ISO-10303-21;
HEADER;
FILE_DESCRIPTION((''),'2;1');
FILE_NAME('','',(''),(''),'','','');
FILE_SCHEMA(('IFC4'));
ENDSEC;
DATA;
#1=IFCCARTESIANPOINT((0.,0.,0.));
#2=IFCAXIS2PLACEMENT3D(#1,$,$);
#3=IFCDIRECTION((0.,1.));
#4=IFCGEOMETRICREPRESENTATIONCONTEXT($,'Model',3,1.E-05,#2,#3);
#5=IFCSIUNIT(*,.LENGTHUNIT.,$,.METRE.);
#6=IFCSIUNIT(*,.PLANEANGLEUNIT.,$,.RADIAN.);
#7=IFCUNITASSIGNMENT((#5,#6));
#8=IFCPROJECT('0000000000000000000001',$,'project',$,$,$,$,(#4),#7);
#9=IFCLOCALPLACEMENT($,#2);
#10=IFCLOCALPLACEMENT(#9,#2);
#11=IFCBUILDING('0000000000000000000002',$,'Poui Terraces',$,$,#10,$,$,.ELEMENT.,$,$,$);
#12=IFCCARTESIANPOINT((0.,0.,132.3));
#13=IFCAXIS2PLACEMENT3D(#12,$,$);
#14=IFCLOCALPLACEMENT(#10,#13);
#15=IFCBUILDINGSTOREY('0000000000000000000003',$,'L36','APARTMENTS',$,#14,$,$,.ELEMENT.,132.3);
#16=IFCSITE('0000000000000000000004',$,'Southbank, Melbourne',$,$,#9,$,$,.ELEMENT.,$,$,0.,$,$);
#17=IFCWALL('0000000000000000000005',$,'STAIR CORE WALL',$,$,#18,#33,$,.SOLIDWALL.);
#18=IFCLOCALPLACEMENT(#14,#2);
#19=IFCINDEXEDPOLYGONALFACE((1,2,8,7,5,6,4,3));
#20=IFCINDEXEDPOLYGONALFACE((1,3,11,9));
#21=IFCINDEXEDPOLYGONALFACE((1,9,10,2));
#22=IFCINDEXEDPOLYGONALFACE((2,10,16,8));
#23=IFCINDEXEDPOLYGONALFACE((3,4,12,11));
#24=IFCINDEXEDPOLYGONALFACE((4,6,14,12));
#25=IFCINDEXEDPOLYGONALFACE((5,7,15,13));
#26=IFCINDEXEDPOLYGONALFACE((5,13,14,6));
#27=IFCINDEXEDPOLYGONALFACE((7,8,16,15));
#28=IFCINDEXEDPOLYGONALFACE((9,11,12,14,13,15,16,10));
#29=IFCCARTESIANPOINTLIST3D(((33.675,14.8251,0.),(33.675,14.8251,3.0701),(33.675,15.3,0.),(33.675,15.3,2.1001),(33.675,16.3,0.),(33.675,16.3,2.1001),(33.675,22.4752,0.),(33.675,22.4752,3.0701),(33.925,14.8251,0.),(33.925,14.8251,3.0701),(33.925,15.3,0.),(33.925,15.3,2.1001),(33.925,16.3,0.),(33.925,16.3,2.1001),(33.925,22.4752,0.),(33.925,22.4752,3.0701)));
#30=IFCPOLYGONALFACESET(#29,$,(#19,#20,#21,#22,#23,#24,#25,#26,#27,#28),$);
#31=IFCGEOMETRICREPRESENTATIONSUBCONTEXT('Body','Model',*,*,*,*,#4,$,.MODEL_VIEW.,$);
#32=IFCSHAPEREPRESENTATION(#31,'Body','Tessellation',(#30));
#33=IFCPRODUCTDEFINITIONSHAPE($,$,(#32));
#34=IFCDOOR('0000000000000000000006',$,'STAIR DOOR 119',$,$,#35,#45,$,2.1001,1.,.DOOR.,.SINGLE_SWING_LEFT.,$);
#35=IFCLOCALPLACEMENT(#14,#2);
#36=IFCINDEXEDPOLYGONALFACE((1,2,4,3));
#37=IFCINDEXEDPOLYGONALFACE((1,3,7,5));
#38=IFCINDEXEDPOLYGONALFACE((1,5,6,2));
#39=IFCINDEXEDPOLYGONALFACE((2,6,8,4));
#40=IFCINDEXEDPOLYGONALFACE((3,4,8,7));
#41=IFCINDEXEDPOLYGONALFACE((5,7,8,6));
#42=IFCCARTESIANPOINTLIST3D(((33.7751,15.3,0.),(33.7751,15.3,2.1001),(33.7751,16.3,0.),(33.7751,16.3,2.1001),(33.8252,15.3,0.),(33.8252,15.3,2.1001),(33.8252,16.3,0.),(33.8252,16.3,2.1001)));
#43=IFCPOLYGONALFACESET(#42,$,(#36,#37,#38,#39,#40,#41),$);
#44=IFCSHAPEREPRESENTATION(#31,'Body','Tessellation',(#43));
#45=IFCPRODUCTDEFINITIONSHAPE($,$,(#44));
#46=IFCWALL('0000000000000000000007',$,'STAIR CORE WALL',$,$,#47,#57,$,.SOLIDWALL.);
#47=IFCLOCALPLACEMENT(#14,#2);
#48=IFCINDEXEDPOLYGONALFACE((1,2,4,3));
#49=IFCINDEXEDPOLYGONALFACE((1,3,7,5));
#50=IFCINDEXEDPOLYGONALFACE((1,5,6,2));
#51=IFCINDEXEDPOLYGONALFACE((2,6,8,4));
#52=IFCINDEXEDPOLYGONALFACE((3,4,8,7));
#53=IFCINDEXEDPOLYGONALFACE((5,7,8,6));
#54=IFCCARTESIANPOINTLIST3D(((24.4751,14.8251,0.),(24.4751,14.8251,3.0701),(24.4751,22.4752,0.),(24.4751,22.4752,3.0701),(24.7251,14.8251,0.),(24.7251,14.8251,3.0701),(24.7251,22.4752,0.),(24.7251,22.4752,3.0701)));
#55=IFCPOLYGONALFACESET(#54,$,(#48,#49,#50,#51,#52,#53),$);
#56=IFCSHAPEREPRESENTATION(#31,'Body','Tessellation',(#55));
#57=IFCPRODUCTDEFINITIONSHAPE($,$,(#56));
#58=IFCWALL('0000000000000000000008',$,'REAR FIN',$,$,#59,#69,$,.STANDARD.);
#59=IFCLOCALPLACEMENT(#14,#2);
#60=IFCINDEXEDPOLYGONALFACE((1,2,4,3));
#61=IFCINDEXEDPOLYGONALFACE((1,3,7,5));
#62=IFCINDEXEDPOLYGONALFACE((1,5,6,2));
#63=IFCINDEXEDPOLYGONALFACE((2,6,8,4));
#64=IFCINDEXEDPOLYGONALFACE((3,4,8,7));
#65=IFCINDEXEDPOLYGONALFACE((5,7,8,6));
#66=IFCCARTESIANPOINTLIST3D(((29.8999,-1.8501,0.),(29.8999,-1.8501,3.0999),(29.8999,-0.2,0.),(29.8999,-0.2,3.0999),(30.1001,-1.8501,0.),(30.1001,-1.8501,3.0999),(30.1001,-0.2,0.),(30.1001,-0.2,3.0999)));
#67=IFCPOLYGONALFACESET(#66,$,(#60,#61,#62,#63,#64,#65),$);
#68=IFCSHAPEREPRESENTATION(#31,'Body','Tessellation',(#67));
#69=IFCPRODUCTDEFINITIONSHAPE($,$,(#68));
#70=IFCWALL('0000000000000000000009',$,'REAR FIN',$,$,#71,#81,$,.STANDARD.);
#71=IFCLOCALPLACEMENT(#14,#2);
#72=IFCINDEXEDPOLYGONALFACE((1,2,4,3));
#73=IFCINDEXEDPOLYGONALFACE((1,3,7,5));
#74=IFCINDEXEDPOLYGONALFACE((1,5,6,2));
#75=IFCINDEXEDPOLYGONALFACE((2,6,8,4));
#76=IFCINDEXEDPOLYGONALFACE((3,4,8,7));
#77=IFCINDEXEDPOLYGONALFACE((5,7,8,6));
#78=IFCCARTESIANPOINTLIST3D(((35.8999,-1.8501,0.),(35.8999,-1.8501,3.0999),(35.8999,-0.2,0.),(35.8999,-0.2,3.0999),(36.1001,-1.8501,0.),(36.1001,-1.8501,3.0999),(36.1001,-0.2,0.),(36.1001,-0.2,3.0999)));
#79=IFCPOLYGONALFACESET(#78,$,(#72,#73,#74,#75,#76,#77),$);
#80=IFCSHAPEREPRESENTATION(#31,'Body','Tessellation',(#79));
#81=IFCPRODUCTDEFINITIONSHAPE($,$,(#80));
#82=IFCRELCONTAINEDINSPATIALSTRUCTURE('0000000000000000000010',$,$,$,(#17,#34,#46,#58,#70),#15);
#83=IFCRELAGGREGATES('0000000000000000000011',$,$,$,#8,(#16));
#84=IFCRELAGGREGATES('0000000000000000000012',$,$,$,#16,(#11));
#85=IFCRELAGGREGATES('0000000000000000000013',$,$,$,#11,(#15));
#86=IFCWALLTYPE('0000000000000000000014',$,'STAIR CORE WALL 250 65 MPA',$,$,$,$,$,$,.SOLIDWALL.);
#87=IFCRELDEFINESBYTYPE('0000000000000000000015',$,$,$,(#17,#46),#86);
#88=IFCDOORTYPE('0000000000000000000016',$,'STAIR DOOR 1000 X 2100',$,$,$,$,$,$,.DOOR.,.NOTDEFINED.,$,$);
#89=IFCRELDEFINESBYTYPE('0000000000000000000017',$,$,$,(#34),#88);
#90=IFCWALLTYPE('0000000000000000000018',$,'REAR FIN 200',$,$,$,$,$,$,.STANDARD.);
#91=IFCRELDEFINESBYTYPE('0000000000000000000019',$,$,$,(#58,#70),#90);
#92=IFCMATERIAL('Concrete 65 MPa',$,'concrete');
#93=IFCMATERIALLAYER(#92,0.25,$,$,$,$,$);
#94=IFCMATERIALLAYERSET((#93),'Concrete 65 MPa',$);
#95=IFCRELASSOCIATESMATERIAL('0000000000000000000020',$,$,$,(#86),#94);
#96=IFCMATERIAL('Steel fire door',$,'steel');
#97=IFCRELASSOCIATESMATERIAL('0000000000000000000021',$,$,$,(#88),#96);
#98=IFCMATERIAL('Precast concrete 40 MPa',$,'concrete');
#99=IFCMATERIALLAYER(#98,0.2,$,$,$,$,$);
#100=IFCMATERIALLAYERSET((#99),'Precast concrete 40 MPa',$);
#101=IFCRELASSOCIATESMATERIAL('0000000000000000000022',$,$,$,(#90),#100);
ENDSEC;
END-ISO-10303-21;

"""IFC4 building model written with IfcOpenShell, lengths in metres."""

from ifc_helpers import new_model, si_unit, direction, frame, frame_2d, origin, place, context, subcontext, project, spatial, polyline, rectangle, outline, extrude, source, transform, mapped, material, layer, layer_set, type_object, element, fill, save


model = new_model("IFC4")

# Units and contexts
model_context = context("Model", 3, precision=1e-05, world=origin(), true_north=direction((0.0, 1.0)))
body_context = subcontext(model_context, "Body", "Model", "MODEL_VIEW")
ifc_project = project(units=[si_unit("LENGTHUNIT", "METRE"), si_unit("PLANEANGLEUNIT", "RADIAN")], contexts=[model_context])

# Site, building, storey
site_placement = place(None, origin())
site = spatial("IfcSite", under=ifc_project, at=site_placement, Name="Southbank, Melbourne", CompositionType="ELEMENT", RefElevation=0.0)
building_placement = place(site_placement, origin())
building = spatial("IfcBuilding", under=site, at=building_placement, Name="Poui Terraces", CompositionType="ELEMENT")
storey_placement = place(building_placement, frame((0.0, 0.0, 132.3)))
storey = spatial("IfcBuildingStorey", under=building, at=storey_placement, Name="L36", Description="APARTMENTS", CompositionType="ELEMENT", Elevation=132.3)

# Shared definitions
ifc_material_1 = material(Name="Concrete 65 MPa", Category="concrete")

# Shared definitions
ifc_material_2 = material(Name="Precast concrete 40 MPa", Category="concrete")

# Shared definitions
ifc_material_3 = material(Name="Steel fire door", Category="steel")

# Shared definitions
ifc_layer_1 = layer(ifc_material_1, 0.25)
ifc_layer_set_1 = layer_set([ifc_layer_1], Name="Concrete 65 MPa")
wall_type_1 = type_object("IfcWallType", Name="STAIR CORE WALL 250 65 MPA", PredefinedType="SOLIDWALL", material=ifc_layer_set_1)

# Wall, opening, door
wall_1_placement = place(storey_placement, frame((33.8, 14.825, 0.0), z_axis=(0.0, 0.0, 1.0), x_axis=(0.0, 1.0, 0.0)))
wall_1 = element("IfcWall", 1, at=wall_1_placement, inside=storey, type_object=wall_type_1, Name="STAIR CORE WALL", PredefinedType="SOLIDWALL", context=body_context, shape_type="SweptSolid", body=[
    extrude(rectangle(XDim=7.6501, YDim=0.25, at=frame_2d((3.8252, 0.0))), origin(), (0.0, 0.0, 1.0), 3.0701),
])
opening_1_placement = place(wall_1_placement, frame((0.4751, 0.0, 0.0)))
opening_1 = element("IfcOpeningElement", 2, at=opening_1_placement, cuts=wall_1, PredefinedType="OPENING", context=body_context, shape_type="SweptSolid", body=[
    extrude(rectangle(XDim=1.0, YDim=2.1001, at=frame_2d((0.5, 1.05))), frame((0.0, 0.135, 0.0), z_axis=(0.0, -1.0, 0.0), x_axis=(1.0, 0.0, 0.0)), (0.0, 0.0, 1.0), 0.27),
])
door_type_1 = type_object("IfcDoorType", Name="STAIR DOOR 1000 X 2100", OperationType="NOTDEFINED", PredefinedType="DOOR", material=ifc_material_3)
door_1_placement = place(opening_1_placement, origin())
door_1 = element("IfcDoor", 3, at=door_1_placement, inside=storey, type_object=door_type_1, Name="STAIR DOOR 119", OperationType="SINGLE_SWING_LEFT", OverallHeight=2.1001, OverallWidth=1.0, PredefinedType="DOOR", context=body_context, shape_type="SweptSolid", body=[
    extrude(rectangle(XDim=1.0, YDim=2.1001, at=frame_2d((0.5, 1.05))), frame((0.0, 0.0249, 0.0), z_axis=(0.0, -1.0, 0.0), x_axis=(1.0, 0.0, 0.0)), (0.0, 0.0, 1.0), 0.05),
])
fill(opening_1, door_1)

# Walls
wall_2_placement = place(storey_placement, frame((24.6001, 14.825, 0.0), z_axis=(0.0, 0.0, 1.0), x_axis=(0.0, 1.0, 0.0)))
element("IfcWall", 4, at=wall_2_placement, inside=storey, type_object=wall_type_1, Name="STAIR CORE WALL", PredefinedType="SOLIDWALL", context=body_context, shape_type="SweptSolid", body=[
    extrude(rectangle(XDim=7.6501, YDim=0.25, at=frame_2d((3.8252, 0.0))), origin(), (0.0, 0.0, 1.0), 3.0701),
])
ifc_layer_2 = layer(ifc_material_2, 0.2)
ifc_layer_set_2 = layer_set([ifc_layer_2], Name="Precast concrete 40 MPa")
wall_type_2 = type_object("IfcWallType", Name="REAR FIN 200", PredefinedType="STANDARD", material=ifc_layer_set_2)
shared_shape_1 = source(origin(), body_context, "Body", "SweptSolid", [
    extrude(outline(polyline([(0.0, 0.0), (0.2002, 0.0), (0.2002, 1.6501), (0.0, 1.6501), (0.0, 0.0)])), origin(), (0.0, 0.0, 1.0), 3.0999),
])
for number, where, name in (
    (5, (29.8999, -1.8501, 0.0), "REAR FIN"),
    (6, (35.8999, -1.8501, 0.0), "REAR FIN"),
):
    element("IfcWall", number, at=place(storey_placement, frame(where)), inside=storey, type_object=wall_type_2, Name=name, PredefinedType="STANDARD", context=body_context, shape_type="MappedRepresentation", body=[
        mapped(shared_shape_1, transform((0.0, 0.0, 0.0))),
    ])

save(model, "model.ifc")
